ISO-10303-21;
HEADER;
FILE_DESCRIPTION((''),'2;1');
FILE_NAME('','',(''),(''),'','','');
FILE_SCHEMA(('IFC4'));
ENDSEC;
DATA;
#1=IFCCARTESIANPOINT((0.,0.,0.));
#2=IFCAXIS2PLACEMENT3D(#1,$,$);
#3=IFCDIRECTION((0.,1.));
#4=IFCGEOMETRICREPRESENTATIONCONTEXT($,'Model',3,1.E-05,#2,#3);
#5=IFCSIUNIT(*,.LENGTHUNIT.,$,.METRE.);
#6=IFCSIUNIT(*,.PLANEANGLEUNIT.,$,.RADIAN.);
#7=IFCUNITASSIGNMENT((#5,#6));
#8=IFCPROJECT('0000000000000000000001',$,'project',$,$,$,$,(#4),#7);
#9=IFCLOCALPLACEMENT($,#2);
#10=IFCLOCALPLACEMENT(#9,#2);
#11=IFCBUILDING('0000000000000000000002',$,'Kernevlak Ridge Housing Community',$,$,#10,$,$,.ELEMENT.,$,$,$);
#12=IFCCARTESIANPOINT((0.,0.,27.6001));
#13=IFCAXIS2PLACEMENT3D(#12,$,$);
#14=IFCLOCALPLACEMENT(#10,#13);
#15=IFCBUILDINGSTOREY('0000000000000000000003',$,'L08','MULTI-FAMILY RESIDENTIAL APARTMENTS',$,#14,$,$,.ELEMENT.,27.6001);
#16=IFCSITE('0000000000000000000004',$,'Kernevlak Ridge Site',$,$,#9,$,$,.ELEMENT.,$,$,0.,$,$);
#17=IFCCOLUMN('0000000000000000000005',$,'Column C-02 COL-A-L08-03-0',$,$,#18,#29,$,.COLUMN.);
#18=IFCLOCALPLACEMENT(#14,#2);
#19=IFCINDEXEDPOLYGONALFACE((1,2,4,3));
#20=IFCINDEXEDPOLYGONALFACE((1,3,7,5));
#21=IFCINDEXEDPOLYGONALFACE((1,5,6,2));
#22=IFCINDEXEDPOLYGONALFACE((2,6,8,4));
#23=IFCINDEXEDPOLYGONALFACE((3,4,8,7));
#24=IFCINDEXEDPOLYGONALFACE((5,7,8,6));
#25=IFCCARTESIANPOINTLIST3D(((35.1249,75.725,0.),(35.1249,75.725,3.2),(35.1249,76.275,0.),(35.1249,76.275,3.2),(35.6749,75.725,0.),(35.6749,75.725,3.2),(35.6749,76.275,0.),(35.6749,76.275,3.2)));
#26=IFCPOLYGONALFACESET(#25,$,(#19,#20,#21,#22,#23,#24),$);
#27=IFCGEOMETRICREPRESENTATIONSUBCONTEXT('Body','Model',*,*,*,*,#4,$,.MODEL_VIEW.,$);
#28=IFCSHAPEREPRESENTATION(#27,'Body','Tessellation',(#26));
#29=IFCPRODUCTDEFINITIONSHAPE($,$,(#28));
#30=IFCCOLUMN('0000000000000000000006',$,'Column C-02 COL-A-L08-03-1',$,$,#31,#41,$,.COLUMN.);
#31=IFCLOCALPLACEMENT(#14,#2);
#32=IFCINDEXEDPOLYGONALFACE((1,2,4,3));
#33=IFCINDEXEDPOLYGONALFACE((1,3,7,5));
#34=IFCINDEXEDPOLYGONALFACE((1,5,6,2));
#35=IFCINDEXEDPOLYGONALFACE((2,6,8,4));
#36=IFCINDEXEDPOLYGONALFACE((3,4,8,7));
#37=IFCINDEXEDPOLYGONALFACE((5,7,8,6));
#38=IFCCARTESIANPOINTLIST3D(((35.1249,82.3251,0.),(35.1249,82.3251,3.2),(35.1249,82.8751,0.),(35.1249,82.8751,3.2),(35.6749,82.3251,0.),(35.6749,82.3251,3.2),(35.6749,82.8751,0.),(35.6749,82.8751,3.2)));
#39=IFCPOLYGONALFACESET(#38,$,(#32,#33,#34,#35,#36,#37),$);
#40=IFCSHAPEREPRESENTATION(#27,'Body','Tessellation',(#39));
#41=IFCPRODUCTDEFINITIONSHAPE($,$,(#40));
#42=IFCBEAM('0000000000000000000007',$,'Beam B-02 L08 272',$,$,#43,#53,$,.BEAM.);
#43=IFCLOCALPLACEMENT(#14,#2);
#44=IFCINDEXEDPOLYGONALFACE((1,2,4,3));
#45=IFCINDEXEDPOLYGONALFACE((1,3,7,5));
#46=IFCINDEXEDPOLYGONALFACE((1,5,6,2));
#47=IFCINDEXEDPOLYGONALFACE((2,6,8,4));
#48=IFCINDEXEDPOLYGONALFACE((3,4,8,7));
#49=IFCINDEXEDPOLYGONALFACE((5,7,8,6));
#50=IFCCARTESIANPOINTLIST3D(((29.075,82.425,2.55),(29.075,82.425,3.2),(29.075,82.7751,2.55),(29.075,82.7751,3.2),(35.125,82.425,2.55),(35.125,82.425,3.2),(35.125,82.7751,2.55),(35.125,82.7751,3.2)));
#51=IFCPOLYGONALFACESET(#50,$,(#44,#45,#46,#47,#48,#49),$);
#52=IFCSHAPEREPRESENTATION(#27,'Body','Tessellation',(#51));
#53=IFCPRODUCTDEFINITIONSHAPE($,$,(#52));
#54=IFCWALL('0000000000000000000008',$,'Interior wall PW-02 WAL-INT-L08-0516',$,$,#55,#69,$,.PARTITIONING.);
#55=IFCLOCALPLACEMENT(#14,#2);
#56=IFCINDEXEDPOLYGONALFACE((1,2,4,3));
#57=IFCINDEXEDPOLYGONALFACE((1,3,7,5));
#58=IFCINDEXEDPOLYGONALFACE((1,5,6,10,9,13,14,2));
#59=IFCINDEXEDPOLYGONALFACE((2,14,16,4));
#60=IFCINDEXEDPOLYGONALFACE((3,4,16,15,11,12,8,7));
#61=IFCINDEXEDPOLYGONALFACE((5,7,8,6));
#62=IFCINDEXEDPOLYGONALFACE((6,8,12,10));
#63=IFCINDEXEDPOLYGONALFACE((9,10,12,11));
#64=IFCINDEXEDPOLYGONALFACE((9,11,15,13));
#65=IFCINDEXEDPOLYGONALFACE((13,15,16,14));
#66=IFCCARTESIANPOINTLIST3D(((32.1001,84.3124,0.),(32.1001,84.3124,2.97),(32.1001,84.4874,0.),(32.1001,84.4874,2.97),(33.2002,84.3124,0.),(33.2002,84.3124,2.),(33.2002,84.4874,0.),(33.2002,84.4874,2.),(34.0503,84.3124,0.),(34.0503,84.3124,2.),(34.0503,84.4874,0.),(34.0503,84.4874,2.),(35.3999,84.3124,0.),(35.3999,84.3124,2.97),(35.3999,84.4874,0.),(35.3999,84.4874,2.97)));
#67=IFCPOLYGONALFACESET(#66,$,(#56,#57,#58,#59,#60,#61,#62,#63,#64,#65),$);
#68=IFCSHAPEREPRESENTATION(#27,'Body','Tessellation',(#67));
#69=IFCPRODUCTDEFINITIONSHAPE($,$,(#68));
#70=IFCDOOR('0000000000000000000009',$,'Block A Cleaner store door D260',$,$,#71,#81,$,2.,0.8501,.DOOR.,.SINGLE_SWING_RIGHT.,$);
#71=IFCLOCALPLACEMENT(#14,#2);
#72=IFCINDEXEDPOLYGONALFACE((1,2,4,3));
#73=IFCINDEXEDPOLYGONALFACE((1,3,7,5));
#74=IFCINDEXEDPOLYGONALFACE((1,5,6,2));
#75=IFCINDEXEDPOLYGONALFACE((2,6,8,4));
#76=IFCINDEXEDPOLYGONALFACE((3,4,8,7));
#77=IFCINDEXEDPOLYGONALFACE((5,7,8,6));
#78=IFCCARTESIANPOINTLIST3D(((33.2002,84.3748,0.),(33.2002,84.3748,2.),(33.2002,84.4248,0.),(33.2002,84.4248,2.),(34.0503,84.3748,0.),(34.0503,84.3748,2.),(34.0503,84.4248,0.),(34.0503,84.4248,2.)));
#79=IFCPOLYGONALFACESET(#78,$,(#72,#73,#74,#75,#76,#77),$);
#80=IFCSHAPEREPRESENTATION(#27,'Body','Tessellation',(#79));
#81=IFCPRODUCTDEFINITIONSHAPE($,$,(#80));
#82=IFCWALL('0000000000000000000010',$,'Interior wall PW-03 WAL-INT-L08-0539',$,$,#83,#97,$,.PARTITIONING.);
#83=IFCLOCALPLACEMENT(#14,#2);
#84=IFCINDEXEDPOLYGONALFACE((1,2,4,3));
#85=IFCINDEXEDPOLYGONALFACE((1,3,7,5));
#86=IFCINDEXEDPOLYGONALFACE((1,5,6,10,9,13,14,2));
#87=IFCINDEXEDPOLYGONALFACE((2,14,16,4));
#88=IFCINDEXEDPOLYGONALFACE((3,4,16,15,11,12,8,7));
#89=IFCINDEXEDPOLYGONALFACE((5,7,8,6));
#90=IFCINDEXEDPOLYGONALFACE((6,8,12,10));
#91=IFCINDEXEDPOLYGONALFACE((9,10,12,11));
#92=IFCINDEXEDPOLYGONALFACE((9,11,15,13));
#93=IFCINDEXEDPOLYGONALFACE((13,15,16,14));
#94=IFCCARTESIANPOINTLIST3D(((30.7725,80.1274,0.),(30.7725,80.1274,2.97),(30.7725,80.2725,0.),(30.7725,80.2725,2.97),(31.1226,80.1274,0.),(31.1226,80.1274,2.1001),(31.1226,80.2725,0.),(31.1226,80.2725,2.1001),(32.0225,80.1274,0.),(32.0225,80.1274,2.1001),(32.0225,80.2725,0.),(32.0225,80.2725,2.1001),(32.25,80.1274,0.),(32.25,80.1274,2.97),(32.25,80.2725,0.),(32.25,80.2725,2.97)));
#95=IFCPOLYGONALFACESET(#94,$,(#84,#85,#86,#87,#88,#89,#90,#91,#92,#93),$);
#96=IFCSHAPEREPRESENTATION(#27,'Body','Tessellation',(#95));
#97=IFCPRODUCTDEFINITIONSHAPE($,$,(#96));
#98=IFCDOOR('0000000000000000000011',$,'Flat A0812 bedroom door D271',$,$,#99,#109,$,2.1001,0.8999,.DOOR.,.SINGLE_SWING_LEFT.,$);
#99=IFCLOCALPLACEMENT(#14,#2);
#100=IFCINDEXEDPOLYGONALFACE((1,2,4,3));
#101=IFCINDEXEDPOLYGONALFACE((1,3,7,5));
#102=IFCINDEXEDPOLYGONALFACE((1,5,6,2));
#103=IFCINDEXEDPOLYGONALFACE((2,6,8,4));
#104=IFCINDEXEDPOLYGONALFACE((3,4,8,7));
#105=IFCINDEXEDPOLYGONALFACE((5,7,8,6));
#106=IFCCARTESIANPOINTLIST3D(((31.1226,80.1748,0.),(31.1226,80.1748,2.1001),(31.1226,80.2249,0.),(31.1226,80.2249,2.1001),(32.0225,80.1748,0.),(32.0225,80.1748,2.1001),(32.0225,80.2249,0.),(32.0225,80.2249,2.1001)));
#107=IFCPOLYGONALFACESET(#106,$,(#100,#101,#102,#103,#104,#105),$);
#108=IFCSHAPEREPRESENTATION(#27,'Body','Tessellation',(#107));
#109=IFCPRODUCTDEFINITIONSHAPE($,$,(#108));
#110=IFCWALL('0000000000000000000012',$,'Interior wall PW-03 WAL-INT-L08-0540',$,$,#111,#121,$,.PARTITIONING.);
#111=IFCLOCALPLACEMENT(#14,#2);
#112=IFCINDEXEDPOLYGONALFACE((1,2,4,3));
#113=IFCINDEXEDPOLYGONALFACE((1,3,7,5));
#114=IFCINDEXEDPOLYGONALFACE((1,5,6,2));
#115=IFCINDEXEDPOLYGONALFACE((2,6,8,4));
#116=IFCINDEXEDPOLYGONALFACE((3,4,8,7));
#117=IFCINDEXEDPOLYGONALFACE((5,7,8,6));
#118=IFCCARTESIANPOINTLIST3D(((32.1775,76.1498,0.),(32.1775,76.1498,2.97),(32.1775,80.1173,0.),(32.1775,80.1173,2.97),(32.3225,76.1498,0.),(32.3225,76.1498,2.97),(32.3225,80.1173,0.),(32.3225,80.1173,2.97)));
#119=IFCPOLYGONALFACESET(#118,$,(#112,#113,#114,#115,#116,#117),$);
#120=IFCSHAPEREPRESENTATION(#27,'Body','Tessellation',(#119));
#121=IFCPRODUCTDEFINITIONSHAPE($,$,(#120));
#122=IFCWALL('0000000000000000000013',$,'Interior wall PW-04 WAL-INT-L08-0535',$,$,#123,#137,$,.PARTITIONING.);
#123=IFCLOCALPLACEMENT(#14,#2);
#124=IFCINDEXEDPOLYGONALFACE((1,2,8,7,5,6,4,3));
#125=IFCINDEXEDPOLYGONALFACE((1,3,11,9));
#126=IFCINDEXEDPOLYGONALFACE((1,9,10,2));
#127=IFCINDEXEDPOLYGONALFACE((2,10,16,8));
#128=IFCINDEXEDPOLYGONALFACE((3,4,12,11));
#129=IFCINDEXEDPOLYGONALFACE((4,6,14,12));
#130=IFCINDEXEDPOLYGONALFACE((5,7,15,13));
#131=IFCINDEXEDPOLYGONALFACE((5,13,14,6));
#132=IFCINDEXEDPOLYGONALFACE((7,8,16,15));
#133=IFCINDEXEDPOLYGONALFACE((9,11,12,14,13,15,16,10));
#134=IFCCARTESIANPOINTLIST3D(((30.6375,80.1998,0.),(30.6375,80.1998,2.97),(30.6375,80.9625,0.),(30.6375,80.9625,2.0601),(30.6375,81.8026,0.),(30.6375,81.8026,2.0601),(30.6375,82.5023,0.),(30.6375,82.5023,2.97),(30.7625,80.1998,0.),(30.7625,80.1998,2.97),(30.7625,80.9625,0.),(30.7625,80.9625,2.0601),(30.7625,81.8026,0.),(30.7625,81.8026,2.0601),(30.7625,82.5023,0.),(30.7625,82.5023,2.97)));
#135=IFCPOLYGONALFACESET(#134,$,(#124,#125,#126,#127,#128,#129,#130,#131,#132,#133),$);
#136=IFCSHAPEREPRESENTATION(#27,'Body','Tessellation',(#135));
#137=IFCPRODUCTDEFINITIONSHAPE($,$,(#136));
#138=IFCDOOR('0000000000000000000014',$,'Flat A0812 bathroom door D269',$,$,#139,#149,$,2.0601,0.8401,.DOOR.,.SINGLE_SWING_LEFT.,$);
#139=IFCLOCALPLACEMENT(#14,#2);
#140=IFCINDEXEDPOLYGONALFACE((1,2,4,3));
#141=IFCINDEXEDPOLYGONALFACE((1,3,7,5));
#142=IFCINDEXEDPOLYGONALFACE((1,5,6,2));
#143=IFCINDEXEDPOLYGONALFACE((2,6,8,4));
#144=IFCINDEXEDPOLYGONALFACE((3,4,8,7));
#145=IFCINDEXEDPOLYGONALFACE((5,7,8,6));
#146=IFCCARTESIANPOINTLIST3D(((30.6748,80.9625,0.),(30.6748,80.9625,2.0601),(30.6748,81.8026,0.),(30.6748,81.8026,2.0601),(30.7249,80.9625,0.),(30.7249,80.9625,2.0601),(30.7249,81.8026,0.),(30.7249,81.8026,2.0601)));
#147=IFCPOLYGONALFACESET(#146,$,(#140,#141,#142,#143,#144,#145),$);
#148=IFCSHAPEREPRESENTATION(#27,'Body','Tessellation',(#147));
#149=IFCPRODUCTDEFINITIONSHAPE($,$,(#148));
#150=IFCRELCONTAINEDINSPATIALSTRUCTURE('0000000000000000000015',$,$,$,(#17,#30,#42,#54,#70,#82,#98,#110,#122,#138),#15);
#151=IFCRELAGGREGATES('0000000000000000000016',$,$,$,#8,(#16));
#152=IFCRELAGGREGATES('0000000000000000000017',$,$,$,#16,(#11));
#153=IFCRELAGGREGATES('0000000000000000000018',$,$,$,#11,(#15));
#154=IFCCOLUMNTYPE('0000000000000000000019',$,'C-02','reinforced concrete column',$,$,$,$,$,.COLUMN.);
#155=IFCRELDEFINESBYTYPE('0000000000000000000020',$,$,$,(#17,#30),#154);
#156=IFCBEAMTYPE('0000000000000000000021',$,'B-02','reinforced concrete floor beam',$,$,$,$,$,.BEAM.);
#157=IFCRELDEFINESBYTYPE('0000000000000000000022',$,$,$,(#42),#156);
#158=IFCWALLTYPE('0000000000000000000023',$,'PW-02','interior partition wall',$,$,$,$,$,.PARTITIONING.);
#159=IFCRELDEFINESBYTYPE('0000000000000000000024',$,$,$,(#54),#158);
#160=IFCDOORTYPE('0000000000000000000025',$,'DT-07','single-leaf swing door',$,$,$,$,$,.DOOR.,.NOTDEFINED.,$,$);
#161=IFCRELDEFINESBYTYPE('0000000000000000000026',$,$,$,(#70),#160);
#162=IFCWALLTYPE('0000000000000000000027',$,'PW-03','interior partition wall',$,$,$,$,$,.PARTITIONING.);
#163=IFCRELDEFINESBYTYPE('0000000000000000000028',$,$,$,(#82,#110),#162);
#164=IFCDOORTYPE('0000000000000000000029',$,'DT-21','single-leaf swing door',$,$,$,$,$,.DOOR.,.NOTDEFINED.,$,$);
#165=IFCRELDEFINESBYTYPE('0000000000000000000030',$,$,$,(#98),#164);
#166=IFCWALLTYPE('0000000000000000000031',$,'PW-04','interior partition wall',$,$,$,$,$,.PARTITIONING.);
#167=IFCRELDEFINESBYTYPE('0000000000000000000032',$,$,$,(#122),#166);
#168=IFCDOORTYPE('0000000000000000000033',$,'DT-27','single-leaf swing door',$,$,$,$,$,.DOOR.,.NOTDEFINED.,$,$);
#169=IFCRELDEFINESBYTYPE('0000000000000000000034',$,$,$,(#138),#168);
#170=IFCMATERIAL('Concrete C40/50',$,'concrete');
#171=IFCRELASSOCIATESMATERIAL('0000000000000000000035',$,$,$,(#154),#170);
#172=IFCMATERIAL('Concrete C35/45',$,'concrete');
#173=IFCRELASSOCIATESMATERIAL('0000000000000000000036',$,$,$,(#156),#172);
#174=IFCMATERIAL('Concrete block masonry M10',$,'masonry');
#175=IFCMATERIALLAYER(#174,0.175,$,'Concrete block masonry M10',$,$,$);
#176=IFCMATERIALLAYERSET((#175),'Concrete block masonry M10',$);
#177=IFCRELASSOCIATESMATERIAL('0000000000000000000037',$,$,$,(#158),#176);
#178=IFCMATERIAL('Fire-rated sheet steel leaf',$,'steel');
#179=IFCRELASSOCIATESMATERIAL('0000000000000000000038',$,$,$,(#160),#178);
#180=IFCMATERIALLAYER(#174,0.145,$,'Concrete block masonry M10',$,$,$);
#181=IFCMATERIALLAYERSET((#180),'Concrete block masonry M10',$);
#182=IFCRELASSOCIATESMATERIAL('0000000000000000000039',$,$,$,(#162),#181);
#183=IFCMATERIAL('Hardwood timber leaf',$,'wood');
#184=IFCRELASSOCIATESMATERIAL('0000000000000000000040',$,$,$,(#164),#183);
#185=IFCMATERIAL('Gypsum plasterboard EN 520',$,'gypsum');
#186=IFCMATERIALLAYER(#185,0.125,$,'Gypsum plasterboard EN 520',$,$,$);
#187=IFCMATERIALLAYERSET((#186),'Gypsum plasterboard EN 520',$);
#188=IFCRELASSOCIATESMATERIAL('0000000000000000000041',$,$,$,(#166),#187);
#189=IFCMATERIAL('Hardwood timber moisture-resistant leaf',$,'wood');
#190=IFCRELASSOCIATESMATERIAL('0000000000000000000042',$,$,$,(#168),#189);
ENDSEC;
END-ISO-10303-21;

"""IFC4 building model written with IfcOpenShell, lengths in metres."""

from ifc_helpers import new_model, si_unit, direction, frame, frame_2d, origin, origin_2d, place, context, subcontext, project, spatial, rectangle, extrude, material, layer, layer_set, material_profile, profile_set, type_object, element, fill, save


model = new_model("IFC4")

# Units and contexts
model_context = context("Model", 3, precision=1e-05, world=origin(), true_north=direction((0.0, 1.0)))
body_context = subcontext(model_context, "Body", "Model", "MODEL_VIEW")
ifc_project = project(units=[si_unit("LENGTHUNIT", "METRE"), si_unit("PLANEANGLEUNIT", "RADIAN")], contexts=[model_context])

# Site, building, storey
site_placement = place(None, origin())
site = spatial("IfcSite", under=ifc_project, at=site_placement, Name="Kernevlak Ridge Site", CompositionType="ELEMENT", RefElevation=0.0)
building_placement = place(site_placement, origin())
building = spatial("IfcBuilding", under=site, at=building_placement, Name="Kernevlak Ridge Housing Community", CompositionType="ELEMENT")
storey_placement = place(building_placement, frame((0.0, 0.0, 27.6001)))
storey = spatial("IfcBuildingStorey", under=building, at=storey_placement, Name="L08", Description="MULTI-FAMILY RESIDENTIAL APARTMENTS", CompositionType="ELEMENT", Elevation=27.6001)

# Columns
ifc_material_1 = material(Name="Concrete C40/50", Category="concrete")
ifc_material_profile_1 = material_profile(ifc_material_1, rectangle(XDim=0.55, YDim=0.55, at=origin_2d()), Name="RC 550x550")
ifc_profile_set_1 = profile_set([ifc_material_profile_1], Name="Concrete C40/50")
column_type = type_object("IfcColumnType", Name="C-02", Description="reinforced concrete column", PredefinedType="COLUMN", material=ifc_profile_set_1)
for number, where, z_axis, x_axis, name in (
    (1, (35.3999, 76.0, 0.0), (0.0, 0.0, 1.0), (1.0, 0.0, 0.0), "Column C-02 COL-A-L08-03-0"),
    (2, (35.3999, 82.6001, 0.0), (0.0, 0.0, 1.0), (1.0, 0.0, 0.0), "Column C-02 COL-A-L08-03-1"),
):
    element("IfcColumn", number, at=place(storey_placement, frame(where, z_axis=z_axis, x_axis=x_axis)), inside=storey, type_object=column_type, Name=name, PredefinedType="COLUMN", context=body_context, shape_type="SweptSolid", body=[
        extrude(rectangle(XDim=0.55, YDim=0.55, at=origin_2d()), origin(), (0.0, 0.0, 1.0), 3.2),
    ])

# Beam
ifc_material_2 = material(Name="Concrete C35/45", Category="concrete")
ifc_material_profile_2 = material_profile(ifc_material_2, rectangle(XDim=0.3501, YDim=0.6499, at=origin_2d()), Name="RC 350x650")
ifc_profile_set_2 = profile_set([ifc_material_profile_2], Name="Concrete C35/45")
beam_type = type_object("IfcBeamType", Name="B-02", Description="reinforced concrete floor beam", PredefinedType="BEAM", material=ifc_profile_set_2)
beam_placement = place(storey_placement, frame((29.075, 82.6001, 2.875), z_axis=(1.0, 0.0, 0.0), x_axis=(0.0, 1.0, 0.0)))
element("IfcBeam", 3, at=beam_placement, inside=storey, type_object=beam_type, Name="Beam B-02 L08 272", PredefinedType="BEAM", context=body_context, shape_type="SweptSolid", body=[
    extrude(rectangle(XDim=0.3501, YDim=0.6499, at=origin_2d()), origin(), (0.0, 0.0, 1.0), 6.05),
])

# Walls, openings, doors
ifc_material_3 = material(Name="Concrete block masonry M10", Category="masonry")
ifc_layer_1 = layer(ifc_material_3, 0.175, Name="Concrete block masonry M10")
ifc_layer_set_1 = layer_set([ifc_layer_1], Name="Concrete block masonry M10")
wall_type_1 = type_object("IfcWallType", Name="PW-02", Description="interior partition wall", PredefinedType="PARTITIONING", material=ifc_layer_set_1)
wall_1_placement = place(storey_placement, frame((32.1001, 84.3999, 0.0), z_axis=(0.0, 0.0, 1.0), x_axis=(1.0, 0.0, 0.0)))
wall_1 = element("IfcWall", 4, at=wall_1_placement, inside=storey, type_object=wall_type_1, Name="Interior wall PW-02 WAL-INT-L08-0516", PredefinedType="PARTITIONING", context=body_context, shape_type="SweptSolid", body=[
    extrude(rectangle(XDim=3.2998, YDim=0.175, at=frame_2d((1.6499, 0.0))), origin(), (0.0, 0.0, 1.0), 2.97),
])
opening_1_placement = place(wall_1_placement, frame((1.1001, 0.0, 0.0)))
opening_1 = element("IfcOpeningElement", 5, at=opening_1_placement, cuts=wall_1, PredefinedType="OPENING", context=body_context, shape_type="SweptSolid", body=[
    extrude(rectangle(XDim=0.8501, YDim=2.0, at=frame_2d((0.425, 1.0))), frame((0.0, 0.0974, 0.0), z_axis=(0.0, -1.0, 0.0), x_axis=(1.0, 0.0, 0.0)), (0.0, 0.0, 1.0), 0.1951),
])
ifc_material_4 = material(Name="Fire-rated sheet steel leaf", Category="steel")
door_type_1 = type_object("IfcDoorType", Name="DT-07", Description="single-leaf swing door", OperationType="NOTDEFINED", PredefinedType="DOOR", material=ifc_material_4)
door_1_placement = place(opening_1_placement, origin())
door_1 = element("IfcDoor", 6, at=door_1_placement, inside=storey, type_object=door_type_1, Name="Block A Cleaner store door D260", OperationType="SINGLE_SWING_RIGHT", OverallHeight=2.0, OverallWidth=0.8501, PredefinedType="DOOR", context=body_context, shape_type="SweptSolid", body=[
    extrude(rectangle(XDim=0.8501, YDim=2.0, at=frame_2d((0.425, 1.0))), frame((0.0, 0.0249, 0.0), z_axis=(0.0, -1.0, 0.0), x_axis=(1.0, 0.0, 0.0)), (0.0, 0.0, 1.0), 0.05),
])
fill(opening_1, door_1)
ifc_layer_2 = layer(ifc_material_3, 0.145, Name="Concrete block masonry M10")
ifc_layer_set_2 = layer_set([ifc_layer_2], Name="Concrete block masonry M10")
wall_type_2 = type_object("IfcWallType", Name="PW-03", Description="interior partition wall", PredefinedType="PARTITIONING", material=ifc_layer_set_2)
wall_2_placement = place(storey_placement, frame((30.7725, 80.2, 0.0), z_axis=(0.0, 0.0, 1.0), x_axis=(1.0, 0.0, 0.0)))
wall_2 = element("IfcWall", 7, at=wall_2_placement, inside=storey, type_object=wall_type_2, Name="Interior wall PW-03 WAL-INT-L08-0539", PredefinedType="PARTITIONING", context=body_context, shape_type="SweptSolid", body=[
    extrude(rectangle(XDim=1.4775, YDim=0.145, at=frame_2d((0.7388, 0.0))), origin(), (0.0, 0.0, 1.0), 2.97),
])
opening_2_placement = place(wall_2_placement, frame((0.3501, 0.0, 0.0)))
opening_2 = element("IfcOpeningElement", 8, at=opening_2_placement, cuts=wall_2, PredefinedType="OPENING", context=body_context, shape_type="SweptSolid", body=[
    extrude(rectangle(XDim=0.8999, YDim=2.1001, at=frame_2d((0.45, 1.05))), frame((0.0, 0.0825, 0.0), z_axis=(0.0, -1.0, 0.0), x_axis=(1.0, 0.0, 0.0)), (0.0, 0.0, 1.0), 0.165),
])
ifc_material_5 = material(Name="Hardwood timber leaf", Category="wood")
door_type_2 = type_object("IfcDoorType", Name="DT-21", Description="single-leaf swing door", OperationType="NOTDEFINED", PredefinedType="DOOR", material=ifc_material_5)
door_2_placement = place(opening_2_placement, origin())
door_2 = element("IfcDoor", 9, at=door_2_placement, inside=storey, type_object=door_type_2, Name="Flat A0812 bedroom door D271", OperationType="SINGLE_SWING_LEFT", OverallHeight=2.1001, OverallWidth=0.8999, PredefinedType="DOOR", context=body_context, shape_type="SweptSolid", body=[
    extrude(rectangle(XDim=0.8999, YDim=2.1001, at=frame_2d((0.45, 1.05))), frame((0.0, 0.0249, 0.0), z_axis=(0.0, -1.0, 0.0), x_axis=(1.0, 0.0, 0.0)), (0.0, 0.0, 1.0), 0.05),
])
fill(opening_2, door_2)

# Wall
wall_3_placement = place(storey_placement, frame((32.25, 80.1174, 0.0), z_axis=(0.0, 0.0, 1.0), x_axis=(0.0, -1.0, 0.0)))
element("IfcWall", 10, at=wall_3_placement, inside=storey, type_object=wall_type_2, Name="Interior wall PW-03 WAL-INT-L08-0540", PredefinedType="PARTITIONING", context=body_context, shape_type="SweptSolid", body=[
    extrude(rectangle(XDim=3.9675, YDim=0.145, at=frame_2d((1.9839, 0.0))), origin(), (0.0, 0.0, 1.0), 2.97),
])

# Wall, opening, door
ifc_material_6 = material(Name="Gypsum plasterboard EN 520", Category="gypsum")
ifc_layer_3 = layer(ifc_material_6, 0.125, Name="Gypsum plasterboard EN 520")
ifc_layer_set_3 = layer_set([ifc_layer_3], Name="Gypsum plasterboard EN 520")
wall_type_3 = type_object("IfcWallType", Name="PW-04", Description="interior partition wall", PredefinedType="PARTITIONING", material=ifc_layer_set_3)
wall_4_placement = place(storey_placement, frame((30.7, 82.5024, 0.0), z_axis=(0.0, 0.0, 1.0), x_axis=(0.0, -1.0, 0.0)))
wall_4 = element("IfcWall", 11, at=wall_4_placement, inside=storey, type_object=wall_type_3, Name="Interior wall PW-04 WAL-INT-L08-0535", PredefinedType="PARTITIONING", context=body_context, shape_type="SweptSolid", body=[
    extrude(rectangle(XDim=2.3025, YDim=0.125, at=frame_2d((1.1514, 0.0))), origin(), (0.0, 0.0, 1.0), 2.97),
])
opening_3_placement = place(wall_4_placement, frame((0.7, 0.0, 0.0)))
opening_3 = element("IfcOpeningElement", 12, at=opening_3_placement, cuts=wall_4, PredefinedType="OPENING", context=body_context, shape_type="SweptSolid", body=[
    extrude(rectangle(XDim=0.8401, YDim=2.0601, at=frame_2d((0.4199, 1.03))), frame((0.0, 0.0725, 0.0), z_axis=(0.0, -1.0, 0.0), x_axis=(1.0, 0.0, 0.0)), (0.0, 0.0, 1.0), 0.145),
])
ifc_material_7 = material(Name="Hardwood timber moisture-resistant leaf", Category="wood")
door_type_3 = type_object("IfcDoorType", Name="DT-27", Description="single-leaf swing door", OperationType="NOTDEFINED", PredefinedType="DOOR", material=ifc_material_7)
door_3_placement = place(opening_3_placement, origin())
door_3 = element("IfcDoor", 13, at=door_3_placement, inside=storey, type_object=door_type_3, Name="Flat A0812 bathroom door D269", OperationType="SINGLE_SWING_LEFT", OverallHeight=2.0601, OverallWidth=0.8401, PredefinedType="DOOR", context=body_context, shape_type="SweptSolid", body=[
    extrude(rectangle(XDim=0.8401, YDim=2.0601, at=frame_2d((0.4199, 1.03))), frame((0.0, 0.0249, 0.0), z_axis=(0.0, -1.0, 0.0), x_axis=(1.0, 0.0, 0.0)), (0.0, 0.0, 1.0), 0.05),
])
fill(opening_3, door_3)

save(model, "model.ifc")
